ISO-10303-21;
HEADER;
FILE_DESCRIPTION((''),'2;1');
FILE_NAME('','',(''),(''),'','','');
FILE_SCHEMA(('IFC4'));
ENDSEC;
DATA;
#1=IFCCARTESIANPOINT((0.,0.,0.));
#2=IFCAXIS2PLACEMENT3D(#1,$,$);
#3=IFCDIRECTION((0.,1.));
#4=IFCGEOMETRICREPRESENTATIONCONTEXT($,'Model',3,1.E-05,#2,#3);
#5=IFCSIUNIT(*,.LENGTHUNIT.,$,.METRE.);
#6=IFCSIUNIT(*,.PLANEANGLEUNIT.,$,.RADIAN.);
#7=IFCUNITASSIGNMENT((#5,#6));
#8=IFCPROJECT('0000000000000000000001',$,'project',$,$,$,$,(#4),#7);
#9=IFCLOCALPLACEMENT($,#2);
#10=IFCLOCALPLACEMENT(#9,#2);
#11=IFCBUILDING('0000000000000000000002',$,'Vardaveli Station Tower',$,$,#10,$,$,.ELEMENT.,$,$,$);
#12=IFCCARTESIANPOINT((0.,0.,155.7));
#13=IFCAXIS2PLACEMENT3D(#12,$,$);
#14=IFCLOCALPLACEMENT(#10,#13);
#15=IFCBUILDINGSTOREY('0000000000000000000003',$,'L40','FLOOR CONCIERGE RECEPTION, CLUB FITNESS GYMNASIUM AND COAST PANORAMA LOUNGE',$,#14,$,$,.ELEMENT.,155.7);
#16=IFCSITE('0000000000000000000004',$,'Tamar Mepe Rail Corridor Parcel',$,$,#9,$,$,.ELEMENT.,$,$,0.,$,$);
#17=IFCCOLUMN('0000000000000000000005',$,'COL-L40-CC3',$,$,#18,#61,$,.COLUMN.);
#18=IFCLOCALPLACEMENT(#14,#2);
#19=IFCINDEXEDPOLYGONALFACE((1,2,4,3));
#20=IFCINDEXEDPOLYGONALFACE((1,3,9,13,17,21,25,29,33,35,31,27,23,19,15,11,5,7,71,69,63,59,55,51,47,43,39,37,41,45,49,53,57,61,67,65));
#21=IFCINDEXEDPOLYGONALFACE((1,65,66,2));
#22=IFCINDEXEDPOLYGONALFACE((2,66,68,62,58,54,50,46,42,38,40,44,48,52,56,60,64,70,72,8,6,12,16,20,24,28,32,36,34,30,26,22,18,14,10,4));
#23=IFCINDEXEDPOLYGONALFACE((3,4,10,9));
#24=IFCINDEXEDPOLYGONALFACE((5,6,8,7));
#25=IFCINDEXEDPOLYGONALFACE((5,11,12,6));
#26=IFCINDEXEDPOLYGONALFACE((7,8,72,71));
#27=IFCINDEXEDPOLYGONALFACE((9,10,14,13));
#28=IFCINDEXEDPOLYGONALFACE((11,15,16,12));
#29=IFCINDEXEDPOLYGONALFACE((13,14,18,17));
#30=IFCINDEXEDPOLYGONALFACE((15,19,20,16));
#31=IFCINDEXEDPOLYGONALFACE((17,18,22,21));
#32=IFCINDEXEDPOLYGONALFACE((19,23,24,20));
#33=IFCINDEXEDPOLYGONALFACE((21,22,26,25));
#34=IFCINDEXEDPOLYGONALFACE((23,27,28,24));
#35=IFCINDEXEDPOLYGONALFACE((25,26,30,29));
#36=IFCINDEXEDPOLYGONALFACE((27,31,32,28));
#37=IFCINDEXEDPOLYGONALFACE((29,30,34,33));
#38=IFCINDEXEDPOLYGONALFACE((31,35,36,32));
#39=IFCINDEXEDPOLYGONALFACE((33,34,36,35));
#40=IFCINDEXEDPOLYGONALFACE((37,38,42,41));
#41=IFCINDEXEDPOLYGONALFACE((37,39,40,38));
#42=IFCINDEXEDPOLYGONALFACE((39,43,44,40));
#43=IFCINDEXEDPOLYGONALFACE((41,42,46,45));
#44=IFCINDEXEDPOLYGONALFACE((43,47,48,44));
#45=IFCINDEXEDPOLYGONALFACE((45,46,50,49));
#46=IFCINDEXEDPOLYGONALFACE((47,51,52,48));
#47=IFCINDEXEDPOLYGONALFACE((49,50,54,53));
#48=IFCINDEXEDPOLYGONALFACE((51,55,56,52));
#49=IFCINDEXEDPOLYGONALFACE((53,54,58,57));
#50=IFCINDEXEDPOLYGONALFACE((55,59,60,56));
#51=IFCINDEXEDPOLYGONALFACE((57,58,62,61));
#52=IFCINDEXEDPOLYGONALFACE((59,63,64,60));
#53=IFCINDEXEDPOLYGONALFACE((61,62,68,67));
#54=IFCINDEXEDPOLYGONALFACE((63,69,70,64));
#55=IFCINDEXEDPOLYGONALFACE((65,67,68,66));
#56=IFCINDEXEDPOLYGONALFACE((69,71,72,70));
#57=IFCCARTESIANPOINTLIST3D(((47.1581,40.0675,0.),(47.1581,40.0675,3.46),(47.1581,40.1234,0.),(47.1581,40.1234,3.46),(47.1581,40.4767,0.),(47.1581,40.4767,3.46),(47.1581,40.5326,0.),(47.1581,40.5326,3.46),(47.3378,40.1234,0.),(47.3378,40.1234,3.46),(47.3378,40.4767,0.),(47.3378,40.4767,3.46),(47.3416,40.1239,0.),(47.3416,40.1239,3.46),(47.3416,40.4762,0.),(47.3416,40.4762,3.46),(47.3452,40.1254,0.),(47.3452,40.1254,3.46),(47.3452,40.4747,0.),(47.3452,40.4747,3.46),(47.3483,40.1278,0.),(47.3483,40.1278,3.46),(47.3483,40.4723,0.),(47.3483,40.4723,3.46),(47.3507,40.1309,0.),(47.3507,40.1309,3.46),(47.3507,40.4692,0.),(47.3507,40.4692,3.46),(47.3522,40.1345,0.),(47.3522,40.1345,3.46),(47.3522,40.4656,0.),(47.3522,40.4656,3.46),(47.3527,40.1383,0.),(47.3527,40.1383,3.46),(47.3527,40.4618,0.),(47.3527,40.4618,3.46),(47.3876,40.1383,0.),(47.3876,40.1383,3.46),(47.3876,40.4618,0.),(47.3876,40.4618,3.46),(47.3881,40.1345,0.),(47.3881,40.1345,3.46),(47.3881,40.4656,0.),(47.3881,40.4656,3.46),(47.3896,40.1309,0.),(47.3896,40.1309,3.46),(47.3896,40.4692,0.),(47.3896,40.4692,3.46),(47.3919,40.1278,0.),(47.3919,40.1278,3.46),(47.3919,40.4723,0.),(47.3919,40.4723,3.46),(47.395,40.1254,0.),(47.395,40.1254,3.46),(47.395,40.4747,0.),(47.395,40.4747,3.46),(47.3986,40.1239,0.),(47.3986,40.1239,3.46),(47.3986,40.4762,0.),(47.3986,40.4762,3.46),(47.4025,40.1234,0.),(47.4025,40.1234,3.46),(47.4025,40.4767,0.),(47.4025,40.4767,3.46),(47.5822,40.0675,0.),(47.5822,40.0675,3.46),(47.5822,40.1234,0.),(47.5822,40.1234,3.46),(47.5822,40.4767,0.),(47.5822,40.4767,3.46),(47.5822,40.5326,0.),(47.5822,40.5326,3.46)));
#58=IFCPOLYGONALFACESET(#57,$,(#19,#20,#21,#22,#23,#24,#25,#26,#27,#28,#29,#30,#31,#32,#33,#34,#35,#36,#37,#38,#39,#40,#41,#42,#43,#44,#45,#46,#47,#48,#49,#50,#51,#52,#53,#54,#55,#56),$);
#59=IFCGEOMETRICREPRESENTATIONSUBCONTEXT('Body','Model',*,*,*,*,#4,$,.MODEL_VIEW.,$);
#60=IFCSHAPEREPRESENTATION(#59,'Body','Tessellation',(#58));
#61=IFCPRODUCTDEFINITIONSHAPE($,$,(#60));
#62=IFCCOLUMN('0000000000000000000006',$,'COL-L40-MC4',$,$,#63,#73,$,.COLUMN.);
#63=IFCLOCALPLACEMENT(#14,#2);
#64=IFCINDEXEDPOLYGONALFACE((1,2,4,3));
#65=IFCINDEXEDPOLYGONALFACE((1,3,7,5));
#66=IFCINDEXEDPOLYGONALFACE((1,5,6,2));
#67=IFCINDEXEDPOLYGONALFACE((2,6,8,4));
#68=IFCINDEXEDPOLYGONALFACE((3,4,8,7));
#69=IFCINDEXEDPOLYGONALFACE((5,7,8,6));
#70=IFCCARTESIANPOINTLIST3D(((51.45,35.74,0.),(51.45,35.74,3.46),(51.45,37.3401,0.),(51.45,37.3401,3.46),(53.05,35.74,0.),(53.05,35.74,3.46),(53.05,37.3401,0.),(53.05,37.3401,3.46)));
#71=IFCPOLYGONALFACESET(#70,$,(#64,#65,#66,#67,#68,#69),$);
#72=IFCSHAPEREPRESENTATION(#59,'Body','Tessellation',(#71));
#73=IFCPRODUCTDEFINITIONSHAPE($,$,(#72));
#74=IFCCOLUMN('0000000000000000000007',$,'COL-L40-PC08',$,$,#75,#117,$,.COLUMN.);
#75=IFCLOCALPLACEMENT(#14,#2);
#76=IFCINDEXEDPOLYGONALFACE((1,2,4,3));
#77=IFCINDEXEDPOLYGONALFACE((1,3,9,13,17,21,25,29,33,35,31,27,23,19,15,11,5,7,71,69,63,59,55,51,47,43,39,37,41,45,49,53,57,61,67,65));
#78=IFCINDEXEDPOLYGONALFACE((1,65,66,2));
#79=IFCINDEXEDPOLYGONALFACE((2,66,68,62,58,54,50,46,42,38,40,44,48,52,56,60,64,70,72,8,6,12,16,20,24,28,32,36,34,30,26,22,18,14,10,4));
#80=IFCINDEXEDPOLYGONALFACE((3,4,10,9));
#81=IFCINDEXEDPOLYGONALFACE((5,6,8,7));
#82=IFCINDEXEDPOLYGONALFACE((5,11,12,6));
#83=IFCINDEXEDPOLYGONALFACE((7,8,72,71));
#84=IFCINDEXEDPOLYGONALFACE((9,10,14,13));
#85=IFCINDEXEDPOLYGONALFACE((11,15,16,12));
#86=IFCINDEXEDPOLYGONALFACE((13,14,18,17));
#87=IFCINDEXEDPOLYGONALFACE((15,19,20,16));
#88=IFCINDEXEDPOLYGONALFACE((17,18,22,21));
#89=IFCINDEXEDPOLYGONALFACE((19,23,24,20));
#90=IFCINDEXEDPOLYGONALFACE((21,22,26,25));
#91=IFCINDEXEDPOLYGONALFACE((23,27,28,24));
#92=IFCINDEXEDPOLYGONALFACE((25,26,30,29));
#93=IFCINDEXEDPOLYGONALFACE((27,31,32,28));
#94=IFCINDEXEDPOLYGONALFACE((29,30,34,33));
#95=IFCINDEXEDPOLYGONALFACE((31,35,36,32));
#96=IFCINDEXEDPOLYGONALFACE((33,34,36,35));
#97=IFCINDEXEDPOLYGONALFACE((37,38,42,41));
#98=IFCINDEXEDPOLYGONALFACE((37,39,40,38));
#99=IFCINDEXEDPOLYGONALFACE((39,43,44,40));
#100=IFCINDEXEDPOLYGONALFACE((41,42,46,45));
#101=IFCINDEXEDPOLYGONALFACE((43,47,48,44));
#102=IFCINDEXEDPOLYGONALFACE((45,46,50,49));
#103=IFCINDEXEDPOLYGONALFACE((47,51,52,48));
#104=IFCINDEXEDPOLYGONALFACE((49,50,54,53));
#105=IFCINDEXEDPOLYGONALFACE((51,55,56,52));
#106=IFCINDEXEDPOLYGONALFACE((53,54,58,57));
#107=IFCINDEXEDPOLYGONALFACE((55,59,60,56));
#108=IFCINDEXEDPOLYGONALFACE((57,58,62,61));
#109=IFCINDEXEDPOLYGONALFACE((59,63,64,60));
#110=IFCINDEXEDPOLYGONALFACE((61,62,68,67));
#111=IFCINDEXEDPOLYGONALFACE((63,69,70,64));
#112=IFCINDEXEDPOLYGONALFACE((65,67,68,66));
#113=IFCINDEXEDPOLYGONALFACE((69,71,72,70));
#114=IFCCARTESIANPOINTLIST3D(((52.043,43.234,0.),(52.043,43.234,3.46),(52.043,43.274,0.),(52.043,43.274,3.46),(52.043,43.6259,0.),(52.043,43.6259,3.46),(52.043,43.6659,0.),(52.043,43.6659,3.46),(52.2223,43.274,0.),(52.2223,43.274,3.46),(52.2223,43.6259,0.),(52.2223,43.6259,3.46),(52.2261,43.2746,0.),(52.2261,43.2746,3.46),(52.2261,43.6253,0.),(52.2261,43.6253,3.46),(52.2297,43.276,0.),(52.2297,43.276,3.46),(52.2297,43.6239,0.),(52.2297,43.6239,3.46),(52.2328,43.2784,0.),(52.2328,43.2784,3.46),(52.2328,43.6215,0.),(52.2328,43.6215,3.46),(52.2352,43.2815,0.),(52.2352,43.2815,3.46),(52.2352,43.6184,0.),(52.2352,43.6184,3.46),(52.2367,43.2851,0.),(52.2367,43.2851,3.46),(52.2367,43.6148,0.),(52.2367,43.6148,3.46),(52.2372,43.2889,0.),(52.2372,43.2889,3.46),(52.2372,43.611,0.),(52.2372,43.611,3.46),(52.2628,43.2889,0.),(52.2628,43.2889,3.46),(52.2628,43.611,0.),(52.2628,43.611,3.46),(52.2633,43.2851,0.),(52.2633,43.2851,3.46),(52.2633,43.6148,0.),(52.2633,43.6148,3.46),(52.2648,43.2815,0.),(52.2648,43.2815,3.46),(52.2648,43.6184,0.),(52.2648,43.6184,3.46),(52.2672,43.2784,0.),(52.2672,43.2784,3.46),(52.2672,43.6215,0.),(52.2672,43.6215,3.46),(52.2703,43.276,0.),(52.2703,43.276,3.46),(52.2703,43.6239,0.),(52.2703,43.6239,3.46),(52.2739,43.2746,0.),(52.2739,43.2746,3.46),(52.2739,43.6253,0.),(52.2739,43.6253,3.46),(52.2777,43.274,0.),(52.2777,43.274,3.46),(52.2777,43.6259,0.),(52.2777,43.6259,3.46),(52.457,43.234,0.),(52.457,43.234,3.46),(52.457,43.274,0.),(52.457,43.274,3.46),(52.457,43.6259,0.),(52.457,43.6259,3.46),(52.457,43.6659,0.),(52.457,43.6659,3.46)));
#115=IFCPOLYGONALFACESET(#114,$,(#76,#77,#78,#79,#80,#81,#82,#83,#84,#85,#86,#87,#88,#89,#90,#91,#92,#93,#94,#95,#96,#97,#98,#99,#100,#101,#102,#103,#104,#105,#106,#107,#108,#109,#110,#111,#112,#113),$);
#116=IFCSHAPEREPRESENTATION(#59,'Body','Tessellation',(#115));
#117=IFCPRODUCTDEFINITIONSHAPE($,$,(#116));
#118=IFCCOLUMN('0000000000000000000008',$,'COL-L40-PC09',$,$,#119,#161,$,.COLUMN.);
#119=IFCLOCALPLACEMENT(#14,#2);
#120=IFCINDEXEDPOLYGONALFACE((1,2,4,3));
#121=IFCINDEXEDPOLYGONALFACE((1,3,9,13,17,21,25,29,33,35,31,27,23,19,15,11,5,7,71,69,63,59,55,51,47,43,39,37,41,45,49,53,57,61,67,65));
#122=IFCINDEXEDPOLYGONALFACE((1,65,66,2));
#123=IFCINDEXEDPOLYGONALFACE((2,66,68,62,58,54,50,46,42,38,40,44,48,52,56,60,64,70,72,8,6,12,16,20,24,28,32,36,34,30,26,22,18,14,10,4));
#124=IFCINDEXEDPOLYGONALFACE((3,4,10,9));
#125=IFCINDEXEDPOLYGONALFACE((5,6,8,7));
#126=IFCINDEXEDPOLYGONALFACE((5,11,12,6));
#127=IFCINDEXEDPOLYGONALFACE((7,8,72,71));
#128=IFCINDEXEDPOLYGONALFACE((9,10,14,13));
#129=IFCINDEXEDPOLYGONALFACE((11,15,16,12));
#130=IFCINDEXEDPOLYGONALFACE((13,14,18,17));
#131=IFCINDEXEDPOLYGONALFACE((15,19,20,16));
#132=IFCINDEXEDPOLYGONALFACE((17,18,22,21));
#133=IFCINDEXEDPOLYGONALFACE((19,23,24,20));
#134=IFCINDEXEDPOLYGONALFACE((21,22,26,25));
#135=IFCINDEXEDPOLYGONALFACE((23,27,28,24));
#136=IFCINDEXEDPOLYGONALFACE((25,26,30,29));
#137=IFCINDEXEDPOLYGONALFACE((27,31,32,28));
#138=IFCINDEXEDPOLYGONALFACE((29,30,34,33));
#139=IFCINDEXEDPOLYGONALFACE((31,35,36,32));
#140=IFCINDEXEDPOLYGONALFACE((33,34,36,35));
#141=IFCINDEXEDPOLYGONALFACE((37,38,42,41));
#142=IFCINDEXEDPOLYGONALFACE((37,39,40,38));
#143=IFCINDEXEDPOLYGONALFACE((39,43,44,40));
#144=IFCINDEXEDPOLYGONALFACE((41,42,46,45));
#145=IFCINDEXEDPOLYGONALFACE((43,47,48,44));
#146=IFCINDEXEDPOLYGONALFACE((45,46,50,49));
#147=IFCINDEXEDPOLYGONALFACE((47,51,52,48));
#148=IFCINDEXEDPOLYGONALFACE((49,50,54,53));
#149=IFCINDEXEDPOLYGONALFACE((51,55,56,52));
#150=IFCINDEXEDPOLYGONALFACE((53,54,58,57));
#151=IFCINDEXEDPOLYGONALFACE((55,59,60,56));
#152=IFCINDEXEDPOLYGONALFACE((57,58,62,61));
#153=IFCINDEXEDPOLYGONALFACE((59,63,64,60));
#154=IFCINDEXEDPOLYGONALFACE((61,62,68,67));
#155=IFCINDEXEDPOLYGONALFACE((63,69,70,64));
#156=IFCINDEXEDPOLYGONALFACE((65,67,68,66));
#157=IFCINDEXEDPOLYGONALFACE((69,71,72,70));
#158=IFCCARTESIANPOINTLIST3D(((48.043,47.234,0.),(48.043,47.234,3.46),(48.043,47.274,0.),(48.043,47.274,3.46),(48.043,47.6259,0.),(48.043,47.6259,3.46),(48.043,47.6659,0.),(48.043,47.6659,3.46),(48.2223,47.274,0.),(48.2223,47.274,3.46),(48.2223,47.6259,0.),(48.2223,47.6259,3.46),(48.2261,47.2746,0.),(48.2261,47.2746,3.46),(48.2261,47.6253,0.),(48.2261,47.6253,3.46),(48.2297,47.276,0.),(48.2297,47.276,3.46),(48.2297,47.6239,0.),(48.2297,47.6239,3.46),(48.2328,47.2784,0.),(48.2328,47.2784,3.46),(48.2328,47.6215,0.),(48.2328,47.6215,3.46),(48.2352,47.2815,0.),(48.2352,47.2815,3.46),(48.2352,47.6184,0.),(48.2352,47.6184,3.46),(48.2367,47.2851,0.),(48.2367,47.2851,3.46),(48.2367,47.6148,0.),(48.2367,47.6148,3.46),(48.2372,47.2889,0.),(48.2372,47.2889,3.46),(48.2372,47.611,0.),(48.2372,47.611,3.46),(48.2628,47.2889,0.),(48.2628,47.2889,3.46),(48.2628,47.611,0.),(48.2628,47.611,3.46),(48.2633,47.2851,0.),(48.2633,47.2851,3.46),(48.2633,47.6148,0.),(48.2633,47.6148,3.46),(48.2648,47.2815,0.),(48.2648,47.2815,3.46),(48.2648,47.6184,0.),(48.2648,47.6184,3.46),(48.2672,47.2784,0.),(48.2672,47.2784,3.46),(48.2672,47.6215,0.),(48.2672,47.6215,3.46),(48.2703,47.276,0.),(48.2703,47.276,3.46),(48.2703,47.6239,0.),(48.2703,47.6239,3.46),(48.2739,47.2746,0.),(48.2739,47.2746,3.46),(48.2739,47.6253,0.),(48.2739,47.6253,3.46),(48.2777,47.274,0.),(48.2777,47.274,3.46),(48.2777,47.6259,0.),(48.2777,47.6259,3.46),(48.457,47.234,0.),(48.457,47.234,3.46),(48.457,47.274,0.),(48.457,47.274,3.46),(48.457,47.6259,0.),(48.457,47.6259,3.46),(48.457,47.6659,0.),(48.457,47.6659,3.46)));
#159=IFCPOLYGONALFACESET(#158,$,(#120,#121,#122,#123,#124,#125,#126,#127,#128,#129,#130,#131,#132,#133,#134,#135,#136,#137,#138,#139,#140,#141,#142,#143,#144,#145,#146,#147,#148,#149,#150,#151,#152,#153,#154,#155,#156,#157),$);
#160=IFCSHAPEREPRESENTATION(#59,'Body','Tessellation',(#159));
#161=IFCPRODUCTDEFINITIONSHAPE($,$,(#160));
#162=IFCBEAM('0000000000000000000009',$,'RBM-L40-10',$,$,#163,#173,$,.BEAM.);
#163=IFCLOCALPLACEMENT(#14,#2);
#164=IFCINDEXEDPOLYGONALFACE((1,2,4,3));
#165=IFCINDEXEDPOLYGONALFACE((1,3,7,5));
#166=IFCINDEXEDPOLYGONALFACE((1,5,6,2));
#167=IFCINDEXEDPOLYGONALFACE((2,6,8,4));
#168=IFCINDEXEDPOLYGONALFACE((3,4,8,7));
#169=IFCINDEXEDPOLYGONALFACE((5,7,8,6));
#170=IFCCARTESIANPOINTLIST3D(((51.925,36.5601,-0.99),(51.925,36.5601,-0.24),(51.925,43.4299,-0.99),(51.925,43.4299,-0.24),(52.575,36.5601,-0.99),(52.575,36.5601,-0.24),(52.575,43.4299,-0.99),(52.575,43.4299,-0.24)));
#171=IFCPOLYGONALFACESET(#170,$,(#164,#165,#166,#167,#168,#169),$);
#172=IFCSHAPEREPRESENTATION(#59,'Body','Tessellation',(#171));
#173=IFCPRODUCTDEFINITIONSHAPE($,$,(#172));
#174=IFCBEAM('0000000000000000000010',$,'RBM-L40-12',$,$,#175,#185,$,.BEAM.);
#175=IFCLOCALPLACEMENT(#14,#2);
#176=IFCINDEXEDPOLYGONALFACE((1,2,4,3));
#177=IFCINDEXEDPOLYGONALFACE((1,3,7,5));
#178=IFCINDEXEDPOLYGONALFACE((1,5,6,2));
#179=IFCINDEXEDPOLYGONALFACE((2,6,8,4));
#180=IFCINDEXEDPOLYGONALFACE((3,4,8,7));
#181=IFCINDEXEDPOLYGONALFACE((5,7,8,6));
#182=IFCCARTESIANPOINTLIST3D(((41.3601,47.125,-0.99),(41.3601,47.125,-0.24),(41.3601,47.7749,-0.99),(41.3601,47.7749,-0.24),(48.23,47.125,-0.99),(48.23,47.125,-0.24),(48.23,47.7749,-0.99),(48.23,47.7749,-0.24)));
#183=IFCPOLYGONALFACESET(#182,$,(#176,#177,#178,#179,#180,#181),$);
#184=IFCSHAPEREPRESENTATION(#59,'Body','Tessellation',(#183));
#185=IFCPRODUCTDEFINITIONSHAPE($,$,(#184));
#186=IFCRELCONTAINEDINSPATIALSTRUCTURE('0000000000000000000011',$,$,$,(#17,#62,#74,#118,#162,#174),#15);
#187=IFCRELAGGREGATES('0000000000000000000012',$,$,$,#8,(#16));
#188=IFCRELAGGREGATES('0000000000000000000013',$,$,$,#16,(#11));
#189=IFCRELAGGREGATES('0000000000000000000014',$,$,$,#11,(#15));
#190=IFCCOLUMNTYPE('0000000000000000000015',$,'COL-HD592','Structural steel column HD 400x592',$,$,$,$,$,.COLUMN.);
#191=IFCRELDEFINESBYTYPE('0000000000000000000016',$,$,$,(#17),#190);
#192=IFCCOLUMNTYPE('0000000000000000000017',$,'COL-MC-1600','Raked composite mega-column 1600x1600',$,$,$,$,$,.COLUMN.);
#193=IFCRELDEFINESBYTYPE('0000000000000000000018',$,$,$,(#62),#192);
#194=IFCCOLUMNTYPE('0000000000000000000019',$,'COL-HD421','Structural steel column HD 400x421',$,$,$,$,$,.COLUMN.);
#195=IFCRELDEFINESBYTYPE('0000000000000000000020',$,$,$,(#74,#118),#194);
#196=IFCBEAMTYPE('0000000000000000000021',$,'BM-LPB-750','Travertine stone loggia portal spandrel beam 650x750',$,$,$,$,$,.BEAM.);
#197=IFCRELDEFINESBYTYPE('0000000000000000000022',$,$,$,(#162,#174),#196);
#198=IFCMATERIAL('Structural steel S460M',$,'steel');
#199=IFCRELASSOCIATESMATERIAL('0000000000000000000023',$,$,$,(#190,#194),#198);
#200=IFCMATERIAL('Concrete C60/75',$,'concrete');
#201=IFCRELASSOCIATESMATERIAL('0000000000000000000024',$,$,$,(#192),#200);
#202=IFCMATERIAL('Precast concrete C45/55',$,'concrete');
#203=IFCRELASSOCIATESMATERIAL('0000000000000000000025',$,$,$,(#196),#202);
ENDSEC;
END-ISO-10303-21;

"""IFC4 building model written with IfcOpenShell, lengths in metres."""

from ifc_helpers import new_model, si_unit, direction, frame, origin, origin_2d, place, context, subcontext, project, spatial, rectangle, i_section, extrude, source, transform, mapped, material, material_profile, profile_set, type_object, element, save


model = new_model("IFC4")

# Units and contexts
model_context = context("Model", 3, precision=1e-05, world=origin(), true_north=direction((0.0, 1.0)))
body_context = subcontext(model_context, "Body", "Model", "MODEL_VIEW")
ifc_project = project(units=[si_unit("LENGTHUNIT", "METRE"), si_unit("PLANEANGLEUNIT", "RADIAN")], contexts=[model_context])

# Site, building, storey
site_placement = place(None, origin())
site = spatial("IfcSite", under=ifc_project, at=site_placement, Name="Tamar Mepe Rail Corridor Parcel", CompositionType="ELEMENT", RefElevation=0.0)
building_placement = place(site_placement, origin())
building = spatial("IfcBuilding", under=site, at=building_placement, Name="Vardaveli Station Tower", CompositionType="ELEMENT")
storey_placement = place(building_placement, frame((0.0, 0.0, 155.7)))
storey = spatial("IfcBuildingStorey", under=building, at=storey_placement, Name="L40", Description="FLOOR CONCIERGE RECEPTION, CLUB FITNESS GYMNASIUM AND COAST PANORAMA LOUNGE", CompositionType="ELEMENT", Elevation=155.7)

# Columns
ifc_material_1 = material(Name="Structural steel S460M", Category="steel")
ifc_material_profile_1 = material_profile(ifc_material_1, i_section(OverallWidth=0.4241, OverallDepth=0.4651, WebThickness=0.0349, FlangeThickness=0.0559, FilletRadius=0.0149, at=origin_2d()), Name="HD 400x592")
ifc_profile_set_1 = profile_set([ifc_material_profile_1], Name="Structural steel S460M")
column_type_1 = type_object("IfcColumnType", Name="COL-HD592", Description="Structural steel column HD 400x592", PredefinedType="COLUMN", material=ifc_profile_set_1)
shared_shape_1 = source(origin(), body_context, "Body", "SweptSolid", [
    extrude(i_section(OverallWidth=0.4241, OverallDepth=0.4651, WebThickness=0.0349, FlangeThickness=0.0559, FilletRadius=0.0149, at=origin_2d()), origin(), (0.0, 0.0, 1.0), 3.46),
])
column_1_placement = place(storey_placement, frame((47.3701, 40.3, 0.0), z_axis=(0.0, 0.0, 1.0), x_axis=(1.0, 0.0, 0.0)))
element("IfcColumn", 1, at=column_1_placement, inside=storey, type_object=column_type_1, Name="COL-L40-CC3", PredefinedType="COLUMN", context=body_context, shape_type="MappedRepresentation", body=[
    mapped(shared_shape_1, transform((0.0, 0.0, 0.0), scale=1.0)),
])
ifc_material_2 = material(Name="Concrete C60/75", Category="concrete")
ifc_material_profile_2 = material_profile(ifc_material_2, rectangle(XDim=1.6001, YDim=1.6001, at=origin_2d()), Name="MC 1600x1600")
ifc_profile_set_2 = profile_set([ifc_material_profile_2], Name="Concrete C60/75")
column_type_2 = type_object("IfcColumnType", Name="COL-MC-1600", Description="Raked composite mega-column 1600x1600", PredefinedType="COLUMN", material=ifc_profile_set_2)
shared_shape_2 = source(origin(), body_context, "Body", "SweptSolid", [
    extrude(rectangle(XDim=1.6001, YDim=1.6001, at=origin_2d()), origin(), (0.0, 0.0, 1.0), 3.46),
])
column_2_placement = place(storey_placement, frame((52.25, 36.54, 0.0), z_axis=(0.0, 0.0, 1.0), x_axis=(1.0, 0.0, 0.0)))
element("IfcColumn", 2, at=column_2_placement, inside=storey, type_object=column_type_2, Name="COL-L40-MC4", PredefinedType="COLUMN", context=body_context, shape_type="MappedRepresentation", body=[
    mapped(shared_shape_2, transform((0.0, 0.0, 0.0), scale=1.0)),
])
ifc_material_profile_3 = material_profile(ifc_material_1, i_section(OverallWidth=0.4141, OverallDepth=0.4319, WebThickness=0.0256, FlangeThickness=0.04, FilletRadius=0.0149, at=origin_2d()), Name="HD 400x421")
ifc_profile_set_3 = profile_set([ifc_material_profile_3], Name="Structural steel S460M")
column_type_3 = type_object("IfcColumnType", Name="COL-HD421", Description="Structural steel column HD 400x421", PredefinedType="COLUMN", material=ifc_profile_set_3)
shared_shape_3 = source(origin(), body_context, "Body", "SweptSolid", [
    extrude(i_section(OverallWidth=0.4141, OverallDepth=0.4319, WebThickness=0.0256, FlangeThickness=0.04, FilletRadius=0.0149, at=origin_2d()), origin(), (0.0, 0.0, 1.0), 3.46),
])
for number, where, z_axis, x_axis, name in (
    (3, (52.25, 43.45, 0.0), (0.0, 0.0, 1.0), (1.0, 0.0, 0.0), "COL-L40-PC08"),
    (4, (48.25, 47.45, 0.0), (0.0, 0.0, 1.0), (1.0, 0.0, 0.0), "COL-L40-PC09"),
):
    element("IfcColumn", number, at=place(storey_placement, frame(where, z_axis=z_axis, x_axis=x_axis)), inside=storey, type_object=column_type_3, Name=name, PredefinedType="COLUMN", context=body_context, shape_type="MappedRepresentation", body=[
        mapped(shared_shape_3, transform((0.0, 0.0, 0.0), scale=1.0)),
    ])

# Beams
ifc_material_3 = material(Name="Precast concrete C45/55", Category="concrete")
ifc_material_profile_4 = material_profile(ifc_material_3, rectangle(XDim=0.6499, YDim=0.75, at=origin_2d()), Name="LPB 650x750")
ifc_profile_set_4 = profile_set([ifc_material_profile_4], Name="Precast concrete C45/55")
beam_type = type_object("IfcBeamType", Name="BM-LPB-750", Description="Travertine stone loggia portal spandrel beam 650x750", PredefinedType="BEAM", material=ifc_profile_set_4)
shared_shape_4 = source(origin(), body_context, "Body", "SweptSolid", [
    extrude(rectangle(XDim=0.6499, YDim=0.75, at=origin_2d()), origin(), (0.0, 0.0, 1.0), 6.8699),
])
for number, where, z_axis, x_axis, name in (
    (5, (52.25, 36.5601, -0.615), (0.0, 1.0, 0.0), (-1.0, 0.0, 0.0), "RBM-L40-10"),
    (6, (48.23, 47.45, -0.615), (-1.0, 0.0, 0.0), (0.0, -1.0, 0.0), "RBM-L40-12"),
):
    element("IfcBeam", number, at=place(storey_placement, frame(where, z_axis=z_axis, x_axis=x_axis)), inside=storey, type_object=beam_type, Name=name, PredefinedType="BEAM", context=body_context, shape_type="MappedRepresentation", body=[
        mapped(shared_shape_4, transform((0.0, 0.0, 0.0), scale=1.0)),
    ])

save(model, "model.ifc")
